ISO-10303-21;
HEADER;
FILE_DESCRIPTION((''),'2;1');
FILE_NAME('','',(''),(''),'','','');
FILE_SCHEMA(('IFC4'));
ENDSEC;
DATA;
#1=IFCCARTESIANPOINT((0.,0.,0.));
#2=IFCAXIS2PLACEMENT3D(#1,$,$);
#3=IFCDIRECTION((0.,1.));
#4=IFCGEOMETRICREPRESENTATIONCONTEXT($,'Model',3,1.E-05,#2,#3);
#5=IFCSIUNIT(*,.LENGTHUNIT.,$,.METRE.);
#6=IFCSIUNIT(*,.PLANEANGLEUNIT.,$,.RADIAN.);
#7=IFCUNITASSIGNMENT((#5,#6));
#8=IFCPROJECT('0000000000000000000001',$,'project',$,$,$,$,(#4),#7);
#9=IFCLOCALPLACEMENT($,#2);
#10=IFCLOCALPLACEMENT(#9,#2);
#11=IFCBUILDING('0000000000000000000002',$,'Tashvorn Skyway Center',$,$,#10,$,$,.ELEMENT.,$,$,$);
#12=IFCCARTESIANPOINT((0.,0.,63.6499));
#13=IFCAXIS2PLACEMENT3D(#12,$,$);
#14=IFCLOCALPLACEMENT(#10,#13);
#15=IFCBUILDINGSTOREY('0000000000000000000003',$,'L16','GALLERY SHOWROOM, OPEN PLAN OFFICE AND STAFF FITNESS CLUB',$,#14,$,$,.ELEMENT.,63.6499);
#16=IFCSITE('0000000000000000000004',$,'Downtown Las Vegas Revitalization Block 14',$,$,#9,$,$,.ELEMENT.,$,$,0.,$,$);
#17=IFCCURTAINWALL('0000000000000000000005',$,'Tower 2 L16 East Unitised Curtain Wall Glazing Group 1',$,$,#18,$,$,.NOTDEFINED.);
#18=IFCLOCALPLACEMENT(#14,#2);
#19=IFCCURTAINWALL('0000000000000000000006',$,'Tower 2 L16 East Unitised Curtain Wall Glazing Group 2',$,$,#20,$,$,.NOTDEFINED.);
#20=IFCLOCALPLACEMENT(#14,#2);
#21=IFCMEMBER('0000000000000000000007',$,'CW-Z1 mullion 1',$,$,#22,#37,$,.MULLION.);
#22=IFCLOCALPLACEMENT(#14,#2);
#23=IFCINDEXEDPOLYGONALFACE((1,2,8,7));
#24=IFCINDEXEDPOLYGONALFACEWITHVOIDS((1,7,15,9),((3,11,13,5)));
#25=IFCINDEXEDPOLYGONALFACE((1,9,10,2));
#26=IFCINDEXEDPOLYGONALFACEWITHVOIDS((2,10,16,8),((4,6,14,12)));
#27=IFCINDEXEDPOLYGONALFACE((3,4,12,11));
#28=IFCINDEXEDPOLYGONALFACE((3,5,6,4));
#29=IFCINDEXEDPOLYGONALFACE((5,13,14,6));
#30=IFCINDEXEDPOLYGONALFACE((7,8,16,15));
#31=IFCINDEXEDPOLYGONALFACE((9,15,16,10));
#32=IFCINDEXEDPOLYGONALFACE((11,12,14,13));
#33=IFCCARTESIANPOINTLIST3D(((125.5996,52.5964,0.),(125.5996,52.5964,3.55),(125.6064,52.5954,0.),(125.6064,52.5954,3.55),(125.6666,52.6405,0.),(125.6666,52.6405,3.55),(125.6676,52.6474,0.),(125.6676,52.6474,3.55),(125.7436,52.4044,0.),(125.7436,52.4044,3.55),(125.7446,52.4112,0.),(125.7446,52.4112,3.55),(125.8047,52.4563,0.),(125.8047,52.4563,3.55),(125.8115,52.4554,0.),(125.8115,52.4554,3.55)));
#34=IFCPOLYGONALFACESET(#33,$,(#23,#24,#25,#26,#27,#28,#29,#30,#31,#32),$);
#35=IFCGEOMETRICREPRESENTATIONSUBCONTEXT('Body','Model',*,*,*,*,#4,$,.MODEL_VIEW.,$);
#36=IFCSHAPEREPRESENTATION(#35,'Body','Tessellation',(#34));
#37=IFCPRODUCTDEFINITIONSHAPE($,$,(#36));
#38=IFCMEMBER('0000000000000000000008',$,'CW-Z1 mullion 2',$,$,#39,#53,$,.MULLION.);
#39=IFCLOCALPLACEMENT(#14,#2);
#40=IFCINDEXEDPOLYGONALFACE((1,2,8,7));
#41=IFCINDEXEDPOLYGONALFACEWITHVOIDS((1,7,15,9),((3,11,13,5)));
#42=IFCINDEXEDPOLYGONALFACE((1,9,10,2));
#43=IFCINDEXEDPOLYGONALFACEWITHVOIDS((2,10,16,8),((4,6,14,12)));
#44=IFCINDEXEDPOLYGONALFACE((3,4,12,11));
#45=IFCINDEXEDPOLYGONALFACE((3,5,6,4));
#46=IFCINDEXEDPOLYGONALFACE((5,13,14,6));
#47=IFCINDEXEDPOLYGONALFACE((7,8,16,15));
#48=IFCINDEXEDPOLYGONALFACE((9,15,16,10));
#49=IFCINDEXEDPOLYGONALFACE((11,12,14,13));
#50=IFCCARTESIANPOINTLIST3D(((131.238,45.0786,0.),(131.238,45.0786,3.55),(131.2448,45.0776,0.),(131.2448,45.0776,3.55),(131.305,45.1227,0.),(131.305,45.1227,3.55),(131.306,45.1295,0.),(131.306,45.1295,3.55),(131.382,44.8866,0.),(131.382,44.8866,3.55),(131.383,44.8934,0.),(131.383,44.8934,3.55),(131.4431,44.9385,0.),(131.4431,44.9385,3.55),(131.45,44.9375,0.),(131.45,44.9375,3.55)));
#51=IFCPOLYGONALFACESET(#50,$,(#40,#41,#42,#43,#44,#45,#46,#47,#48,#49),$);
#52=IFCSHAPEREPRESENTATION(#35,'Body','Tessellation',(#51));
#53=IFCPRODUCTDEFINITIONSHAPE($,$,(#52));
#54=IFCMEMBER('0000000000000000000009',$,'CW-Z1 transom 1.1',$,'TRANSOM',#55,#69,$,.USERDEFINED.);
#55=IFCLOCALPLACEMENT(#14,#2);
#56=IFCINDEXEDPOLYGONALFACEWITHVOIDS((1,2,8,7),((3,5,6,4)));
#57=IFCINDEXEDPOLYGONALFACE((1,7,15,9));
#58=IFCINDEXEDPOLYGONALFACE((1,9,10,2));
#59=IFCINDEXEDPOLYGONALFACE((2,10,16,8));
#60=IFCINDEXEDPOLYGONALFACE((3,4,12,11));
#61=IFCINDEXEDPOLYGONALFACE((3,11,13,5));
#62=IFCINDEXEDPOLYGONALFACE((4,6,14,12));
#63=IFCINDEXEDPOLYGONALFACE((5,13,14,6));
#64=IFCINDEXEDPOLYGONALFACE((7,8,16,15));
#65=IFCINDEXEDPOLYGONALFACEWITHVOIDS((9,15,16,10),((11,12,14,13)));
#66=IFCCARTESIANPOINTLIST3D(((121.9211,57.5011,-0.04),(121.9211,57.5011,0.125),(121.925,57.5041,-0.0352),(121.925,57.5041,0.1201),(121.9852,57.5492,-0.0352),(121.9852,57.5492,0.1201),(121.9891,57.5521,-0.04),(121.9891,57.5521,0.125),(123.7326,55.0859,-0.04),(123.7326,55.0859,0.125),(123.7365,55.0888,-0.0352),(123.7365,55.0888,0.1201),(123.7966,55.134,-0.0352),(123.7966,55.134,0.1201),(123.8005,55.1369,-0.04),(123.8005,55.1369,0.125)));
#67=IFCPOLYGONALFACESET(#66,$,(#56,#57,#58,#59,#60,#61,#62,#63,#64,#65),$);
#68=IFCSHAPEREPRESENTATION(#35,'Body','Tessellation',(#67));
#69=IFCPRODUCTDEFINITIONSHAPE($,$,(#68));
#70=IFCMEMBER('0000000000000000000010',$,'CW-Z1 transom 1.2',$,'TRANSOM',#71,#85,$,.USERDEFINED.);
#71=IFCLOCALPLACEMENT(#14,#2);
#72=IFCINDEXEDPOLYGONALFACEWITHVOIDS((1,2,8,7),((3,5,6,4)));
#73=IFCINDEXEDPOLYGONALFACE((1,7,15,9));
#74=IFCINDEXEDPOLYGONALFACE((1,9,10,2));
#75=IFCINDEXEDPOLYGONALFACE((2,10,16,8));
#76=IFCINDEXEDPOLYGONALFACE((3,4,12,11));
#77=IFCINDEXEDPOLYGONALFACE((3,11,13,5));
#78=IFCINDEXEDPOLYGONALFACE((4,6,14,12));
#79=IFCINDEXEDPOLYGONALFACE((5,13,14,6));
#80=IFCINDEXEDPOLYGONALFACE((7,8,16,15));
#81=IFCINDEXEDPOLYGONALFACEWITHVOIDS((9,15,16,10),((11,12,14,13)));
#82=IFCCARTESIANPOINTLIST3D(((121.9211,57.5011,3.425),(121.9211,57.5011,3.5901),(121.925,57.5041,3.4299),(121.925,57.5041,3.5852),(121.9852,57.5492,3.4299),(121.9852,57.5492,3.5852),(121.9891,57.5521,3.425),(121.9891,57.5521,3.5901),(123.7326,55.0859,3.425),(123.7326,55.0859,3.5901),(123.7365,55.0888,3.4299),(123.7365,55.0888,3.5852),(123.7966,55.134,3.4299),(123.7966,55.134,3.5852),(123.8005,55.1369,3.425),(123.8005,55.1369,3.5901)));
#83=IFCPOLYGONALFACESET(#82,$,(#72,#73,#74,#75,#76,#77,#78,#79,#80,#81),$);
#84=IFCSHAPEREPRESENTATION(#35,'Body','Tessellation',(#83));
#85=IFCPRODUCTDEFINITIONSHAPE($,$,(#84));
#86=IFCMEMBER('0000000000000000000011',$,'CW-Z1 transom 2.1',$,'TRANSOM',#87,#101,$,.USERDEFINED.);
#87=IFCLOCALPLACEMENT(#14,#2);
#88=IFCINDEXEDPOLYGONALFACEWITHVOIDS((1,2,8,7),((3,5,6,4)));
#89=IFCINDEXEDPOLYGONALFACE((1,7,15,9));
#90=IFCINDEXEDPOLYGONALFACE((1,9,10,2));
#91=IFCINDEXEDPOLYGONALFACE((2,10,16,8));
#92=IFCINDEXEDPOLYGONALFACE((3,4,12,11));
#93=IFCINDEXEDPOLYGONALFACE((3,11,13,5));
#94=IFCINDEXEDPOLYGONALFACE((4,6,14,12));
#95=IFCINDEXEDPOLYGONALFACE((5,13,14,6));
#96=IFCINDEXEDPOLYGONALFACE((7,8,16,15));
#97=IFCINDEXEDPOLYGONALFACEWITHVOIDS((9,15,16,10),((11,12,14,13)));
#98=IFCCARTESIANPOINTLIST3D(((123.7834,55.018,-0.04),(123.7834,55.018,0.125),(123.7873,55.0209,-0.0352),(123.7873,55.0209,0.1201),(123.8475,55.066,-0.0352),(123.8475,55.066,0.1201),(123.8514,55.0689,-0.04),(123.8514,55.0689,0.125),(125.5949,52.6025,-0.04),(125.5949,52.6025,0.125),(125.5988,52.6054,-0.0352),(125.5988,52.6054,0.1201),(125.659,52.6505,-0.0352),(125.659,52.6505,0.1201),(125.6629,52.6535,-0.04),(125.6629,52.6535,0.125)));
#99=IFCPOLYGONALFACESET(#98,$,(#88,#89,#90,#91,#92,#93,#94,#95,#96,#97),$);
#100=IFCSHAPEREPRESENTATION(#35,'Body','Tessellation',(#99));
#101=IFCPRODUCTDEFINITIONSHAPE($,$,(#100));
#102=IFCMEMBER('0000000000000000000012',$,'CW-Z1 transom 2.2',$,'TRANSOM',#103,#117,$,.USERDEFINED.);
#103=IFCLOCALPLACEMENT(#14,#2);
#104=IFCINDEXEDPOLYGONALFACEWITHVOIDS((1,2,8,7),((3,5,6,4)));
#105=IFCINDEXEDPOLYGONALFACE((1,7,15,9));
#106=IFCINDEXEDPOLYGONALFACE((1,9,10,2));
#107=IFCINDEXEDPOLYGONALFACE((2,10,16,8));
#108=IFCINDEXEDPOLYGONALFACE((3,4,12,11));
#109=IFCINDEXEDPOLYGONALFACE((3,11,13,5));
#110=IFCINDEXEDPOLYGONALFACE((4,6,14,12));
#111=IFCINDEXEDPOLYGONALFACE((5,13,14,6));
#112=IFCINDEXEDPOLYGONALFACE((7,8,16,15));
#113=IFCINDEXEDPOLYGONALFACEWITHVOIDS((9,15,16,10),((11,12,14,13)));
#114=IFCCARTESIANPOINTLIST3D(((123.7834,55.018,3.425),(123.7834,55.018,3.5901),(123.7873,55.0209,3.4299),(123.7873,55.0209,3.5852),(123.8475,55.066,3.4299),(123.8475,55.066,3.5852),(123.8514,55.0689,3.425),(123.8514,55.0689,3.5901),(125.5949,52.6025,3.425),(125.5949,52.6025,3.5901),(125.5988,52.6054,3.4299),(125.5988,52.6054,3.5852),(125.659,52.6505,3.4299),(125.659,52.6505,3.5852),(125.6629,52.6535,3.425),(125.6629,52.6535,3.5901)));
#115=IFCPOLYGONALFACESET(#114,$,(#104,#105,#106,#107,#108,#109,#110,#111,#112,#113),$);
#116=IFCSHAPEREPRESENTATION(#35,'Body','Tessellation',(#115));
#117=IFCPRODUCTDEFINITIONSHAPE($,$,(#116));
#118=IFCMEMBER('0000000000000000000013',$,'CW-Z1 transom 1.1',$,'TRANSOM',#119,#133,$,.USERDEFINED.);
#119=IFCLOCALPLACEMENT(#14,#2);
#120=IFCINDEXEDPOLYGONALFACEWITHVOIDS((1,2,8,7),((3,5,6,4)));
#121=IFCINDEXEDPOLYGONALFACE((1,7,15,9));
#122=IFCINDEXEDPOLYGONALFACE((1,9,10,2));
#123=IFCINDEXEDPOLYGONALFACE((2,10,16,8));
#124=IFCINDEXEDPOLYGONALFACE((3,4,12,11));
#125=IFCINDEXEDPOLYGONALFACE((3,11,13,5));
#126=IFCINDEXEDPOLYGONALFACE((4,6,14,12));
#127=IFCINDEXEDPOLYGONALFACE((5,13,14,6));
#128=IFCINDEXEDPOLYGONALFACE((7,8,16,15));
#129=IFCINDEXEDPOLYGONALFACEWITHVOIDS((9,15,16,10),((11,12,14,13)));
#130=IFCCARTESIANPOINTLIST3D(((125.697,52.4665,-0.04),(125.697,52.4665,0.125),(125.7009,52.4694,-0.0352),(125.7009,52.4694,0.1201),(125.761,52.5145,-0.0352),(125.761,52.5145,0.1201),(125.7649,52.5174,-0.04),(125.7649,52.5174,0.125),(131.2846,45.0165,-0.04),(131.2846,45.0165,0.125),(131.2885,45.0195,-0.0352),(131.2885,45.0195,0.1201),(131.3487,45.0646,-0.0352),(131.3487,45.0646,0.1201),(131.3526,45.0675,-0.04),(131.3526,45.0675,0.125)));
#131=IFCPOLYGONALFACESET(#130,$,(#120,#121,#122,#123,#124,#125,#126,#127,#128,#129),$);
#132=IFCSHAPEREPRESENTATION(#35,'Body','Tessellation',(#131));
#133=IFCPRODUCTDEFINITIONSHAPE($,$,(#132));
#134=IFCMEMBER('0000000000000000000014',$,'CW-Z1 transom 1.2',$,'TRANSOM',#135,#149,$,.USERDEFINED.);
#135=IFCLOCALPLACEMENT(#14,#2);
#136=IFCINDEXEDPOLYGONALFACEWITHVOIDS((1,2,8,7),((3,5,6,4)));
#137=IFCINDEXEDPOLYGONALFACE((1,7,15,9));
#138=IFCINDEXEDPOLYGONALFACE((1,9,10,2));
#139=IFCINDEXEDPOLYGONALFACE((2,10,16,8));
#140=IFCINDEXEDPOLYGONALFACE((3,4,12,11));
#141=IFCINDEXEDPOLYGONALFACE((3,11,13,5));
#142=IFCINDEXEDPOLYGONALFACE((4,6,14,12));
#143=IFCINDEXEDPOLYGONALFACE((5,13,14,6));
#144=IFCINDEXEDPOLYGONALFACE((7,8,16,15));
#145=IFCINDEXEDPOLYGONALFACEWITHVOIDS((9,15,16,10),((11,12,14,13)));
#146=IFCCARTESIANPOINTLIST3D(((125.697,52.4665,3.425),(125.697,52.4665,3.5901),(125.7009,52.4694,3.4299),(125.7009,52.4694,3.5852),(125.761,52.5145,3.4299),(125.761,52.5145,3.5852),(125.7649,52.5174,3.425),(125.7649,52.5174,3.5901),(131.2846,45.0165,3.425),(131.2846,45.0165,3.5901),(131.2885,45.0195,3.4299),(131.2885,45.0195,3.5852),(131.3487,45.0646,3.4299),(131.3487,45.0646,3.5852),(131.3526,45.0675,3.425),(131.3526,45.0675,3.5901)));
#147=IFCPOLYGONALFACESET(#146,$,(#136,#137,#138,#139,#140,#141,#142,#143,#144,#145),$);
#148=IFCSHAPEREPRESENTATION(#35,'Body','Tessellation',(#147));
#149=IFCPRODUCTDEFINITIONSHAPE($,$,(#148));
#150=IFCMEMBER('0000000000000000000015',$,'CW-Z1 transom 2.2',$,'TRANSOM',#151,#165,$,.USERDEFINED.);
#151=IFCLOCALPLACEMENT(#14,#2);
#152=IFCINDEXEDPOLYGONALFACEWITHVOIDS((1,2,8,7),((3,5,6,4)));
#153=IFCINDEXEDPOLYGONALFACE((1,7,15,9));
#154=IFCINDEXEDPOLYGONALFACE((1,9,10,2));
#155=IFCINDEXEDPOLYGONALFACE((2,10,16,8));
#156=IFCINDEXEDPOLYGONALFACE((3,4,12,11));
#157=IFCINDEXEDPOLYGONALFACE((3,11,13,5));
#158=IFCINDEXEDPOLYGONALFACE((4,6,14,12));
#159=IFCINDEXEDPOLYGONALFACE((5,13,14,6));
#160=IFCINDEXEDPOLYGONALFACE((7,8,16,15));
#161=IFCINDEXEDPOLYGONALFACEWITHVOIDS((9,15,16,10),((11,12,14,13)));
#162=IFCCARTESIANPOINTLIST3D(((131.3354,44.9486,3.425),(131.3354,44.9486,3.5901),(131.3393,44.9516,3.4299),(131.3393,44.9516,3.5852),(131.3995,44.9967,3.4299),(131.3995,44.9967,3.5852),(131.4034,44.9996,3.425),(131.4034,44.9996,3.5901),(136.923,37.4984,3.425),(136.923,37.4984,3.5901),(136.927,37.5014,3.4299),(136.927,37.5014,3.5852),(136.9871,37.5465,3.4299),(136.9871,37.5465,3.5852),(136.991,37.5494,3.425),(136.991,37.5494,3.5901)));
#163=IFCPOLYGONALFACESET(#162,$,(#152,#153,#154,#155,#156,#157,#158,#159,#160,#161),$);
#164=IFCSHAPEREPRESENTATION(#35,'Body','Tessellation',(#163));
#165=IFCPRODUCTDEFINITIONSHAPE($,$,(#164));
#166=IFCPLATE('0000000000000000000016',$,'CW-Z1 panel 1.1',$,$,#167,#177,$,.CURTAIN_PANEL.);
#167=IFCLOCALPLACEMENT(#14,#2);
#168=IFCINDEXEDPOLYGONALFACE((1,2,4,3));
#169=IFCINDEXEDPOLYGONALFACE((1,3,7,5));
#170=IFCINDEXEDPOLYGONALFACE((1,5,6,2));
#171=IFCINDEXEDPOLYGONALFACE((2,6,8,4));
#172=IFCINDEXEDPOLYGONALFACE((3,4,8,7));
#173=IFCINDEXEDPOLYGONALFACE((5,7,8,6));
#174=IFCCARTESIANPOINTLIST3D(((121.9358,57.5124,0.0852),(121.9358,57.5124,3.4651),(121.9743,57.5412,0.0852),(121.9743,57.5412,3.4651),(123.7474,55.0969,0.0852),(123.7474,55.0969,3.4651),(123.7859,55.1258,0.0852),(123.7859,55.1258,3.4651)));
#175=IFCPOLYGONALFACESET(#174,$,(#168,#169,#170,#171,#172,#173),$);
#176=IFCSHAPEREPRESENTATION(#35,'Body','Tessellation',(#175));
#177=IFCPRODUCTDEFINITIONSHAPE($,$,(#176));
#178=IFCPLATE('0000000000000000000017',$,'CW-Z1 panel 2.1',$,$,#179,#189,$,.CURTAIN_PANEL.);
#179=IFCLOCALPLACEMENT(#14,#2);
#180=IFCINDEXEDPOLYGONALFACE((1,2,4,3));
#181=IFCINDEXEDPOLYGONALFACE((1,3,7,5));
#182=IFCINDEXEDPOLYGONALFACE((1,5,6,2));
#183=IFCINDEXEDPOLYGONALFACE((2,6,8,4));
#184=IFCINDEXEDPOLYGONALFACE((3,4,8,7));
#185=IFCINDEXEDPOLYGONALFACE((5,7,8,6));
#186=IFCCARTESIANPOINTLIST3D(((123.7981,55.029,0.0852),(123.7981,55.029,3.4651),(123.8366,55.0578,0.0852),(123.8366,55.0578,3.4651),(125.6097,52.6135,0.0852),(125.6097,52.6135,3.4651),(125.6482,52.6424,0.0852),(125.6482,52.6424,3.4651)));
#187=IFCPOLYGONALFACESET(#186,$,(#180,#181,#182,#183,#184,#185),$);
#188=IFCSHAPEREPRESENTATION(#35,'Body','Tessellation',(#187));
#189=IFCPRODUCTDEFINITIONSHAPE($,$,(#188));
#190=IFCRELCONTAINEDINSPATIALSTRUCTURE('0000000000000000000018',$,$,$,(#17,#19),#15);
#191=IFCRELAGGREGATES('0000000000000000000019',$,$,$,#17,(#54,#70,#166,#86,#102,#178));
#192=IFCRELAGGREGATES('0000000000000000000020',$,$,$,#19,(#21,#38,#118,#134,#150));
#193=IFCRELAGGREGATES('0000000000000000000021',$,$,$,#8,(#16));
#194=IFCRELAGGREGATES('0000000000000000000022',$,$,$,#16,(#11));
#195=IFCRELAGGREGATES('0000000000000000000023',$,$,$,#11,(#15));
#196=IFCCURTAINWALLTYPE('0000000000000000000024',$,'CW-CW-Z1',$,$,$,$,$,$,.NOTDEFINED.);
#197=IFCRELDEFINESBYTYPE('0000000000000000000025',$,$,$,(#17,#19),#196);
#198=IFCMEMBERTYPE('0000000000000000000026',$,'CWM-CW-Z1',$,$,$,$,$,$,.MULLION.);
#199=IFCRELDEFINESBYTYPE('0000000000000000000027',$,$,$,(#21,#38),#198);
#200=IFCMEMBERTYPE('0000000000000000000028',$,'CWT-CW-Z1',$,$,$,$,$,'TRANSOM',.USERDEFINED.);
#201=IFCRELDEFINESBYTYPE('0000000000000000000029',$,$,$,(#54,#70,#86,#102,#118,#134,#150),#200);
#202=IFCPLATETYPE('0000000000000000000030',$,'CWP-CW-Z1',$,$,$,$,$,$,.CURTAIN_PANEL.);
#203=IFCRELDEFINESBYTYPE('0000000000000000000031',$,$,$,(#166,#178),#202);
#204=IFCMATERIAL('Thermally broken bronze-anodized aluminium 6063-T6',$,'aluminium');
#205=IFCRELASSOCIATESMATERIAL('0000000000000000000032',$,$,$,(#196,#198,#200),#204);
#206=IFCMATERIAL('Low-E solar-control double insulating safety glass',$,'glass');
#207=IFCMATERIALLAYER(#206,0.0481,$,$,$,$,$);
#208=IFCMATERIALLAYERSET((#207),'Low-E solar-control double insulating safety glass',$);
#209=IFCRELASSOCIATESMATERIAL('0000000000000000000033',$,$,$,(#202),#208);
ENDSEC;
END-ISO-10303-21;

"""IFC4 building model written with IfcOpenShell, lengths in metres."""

from ifc_helpers import new_model, si_unit, direction, frame, origin, origin_2d, place, context, subcontext, project, spatial, rectangle, hollow_rectangle, extrude, material, layer, layer_set, material_profile, profile_set, type_object, element, aggregate, save


model = new_model("IFC4")

# Units and contexts
model_context = context("Model", 3, precision=1e-05, world=origin(), true_north=direction((0.0, 1.0)))
body_context = subcontext(model_context, "Body", "Model", "MODEL_VIEW")
ifc_project = project(units=[si_unit("LENGTHUNIT", "METRE"), si_unit("PLANEANGLEUNIT", "RADIAN")], contexts=[model_context])

# Site, building, storey
site_placement = place(None, origin())
site = spatial("IfcSite", under=ifc_project, at=site_placement, Name="Downtown Las Vegas Revitalization Block 14", CompositionType="ELEMENT", RefElevation=0.0)
building_placement = place(site_placement, origin())
building = spatial("IfcBuilding", under=site, at=building_placement, Name="Tashvorn Skyway Center", CompositionType="ELEMENT")
storey_placement = place(building_placement, frame((0.0, 0.0, 63.6499)))
storey = spatial("IfcBuildingStorey", under=building, at=storey_placement, Name="L16", Description="GALLERY SHOWROOM, OPEN PLAN OFFICE AND STAFF FITNESS CLUB", CompositionType="ELEMENT", Elevation=63.6499)

# Curtain walls, members
ifc_material_1 = material(Name="Thermally broken bronze-anodized aluminium 6063-T6", Category="aluminium")
curtain_wall_type = type_object("IfcCurtainWallType", Name="CW-CW-Z1", PredefinedType="NOTDEFINED", material=ifc_material_1)
curtain_wall_1_placement = place(storey_placement, origin())
curtain_wall_1 = element("IfcCurtainWall", 1, at=curtain_wall_1_placement, inside=storey, type_object=curtain_wall_type, Name="Tower 2 L16 East Unitised Curtain Wall Glazing Group 1", PredefinedType="NOTDEFINED")
ifc_material_profile_1 = material_profile(ifc_material_1, hollow_rectangle(XDim=0.085, YDim=0.24, WallThickness=0.0049, at=origin_2d()), Name="ALU-MULL-85x240")
ifc_profile_set_1 = profile_set([ifc_material_profile_1], Name="Thermally broken bronze-anodized aluminium 6063-T6")
member_type_1 = type_object("IfcMemberType", Name="CWM-CW-Z1", PredefinedType="MULLION", material=ifc_profile_set_1)
curtain_wall_2_placement = place(storey_placement, origin())
curtain_wall_2 = element("IfcCurtainWall", 2, at=curtain_wall_2_placement, inside=storey, type_object=curtain_wall_type, Name="Tower 2 L16 East Unitised Curtain Wall Glazing Group 2", PredefinedType="NOTDEFINED")
member_1_placement = place(storey_placement, frame((125.7056, 52.5259, 0.0), z_axis=(0.0, 0.0, 1.0), x_axis=(0.8, 0.6, 0.0)))
member_1 = element("IfcMember", 3, at=member_1_placement, type_object=member_type_1, Name="CW-Z1 mullion 1", PredefinedType="MULLION", context=body_context, shape_type="SweptSolid", body=[
    extrude(hollow_rectangle(XDim=0.085, YDim=0.24, WallThickness=0.0049, at=origin_2d()), origin(), (0.0, 0.0, 1.0), 3.55),
])
member_2_placement = place(storey_placement, frame((131.344, 45.0081, 0.0), z_axis=(0.0, 0.0, 1.0), x_axis=(0.8, 0.6, 0.0)))
member_2 = element("IfcMember", 4, at=member_2_placement, type_object=member_type_1, Name="CW-Z1 mullion 2", PredefinedType="MULLION", context=body_context, shape_type="SweptSolid", body=[
    extrude(hollow_rectangle(XDim=0.085, YDim=0.24, WallThickness=0.0049, at=origin_2d()), origin(), (0.0, 0.0, 1.0), 3.55),
])

# Members
ifc_material_profile_2 = material_profile(ifc_material_1, hollow_rectangle(XDim=0.085, YDim=0.165, WallThickness=0.0049, at=origin_2d()), Name="ALU-TRAN-85x165")
ifc_profile_set_2 = profile_set([ifc_material_profile_2], Name="Thermally broken bronze-anodized aluminium 6063-T6")
member_type_2 = type_object("IfcMemberType", Name="CWT-CW-Z1", ElementType="TRANSOM", PredefinedType="USERDEFINED", material=ifc_profile_set_2)
member_3_placement = place(storey_placement, frame((121.9551, 57.5266, 0.0425), z_axis=(0.600013, -0.79999, 0.0), x_axis=(0.79999, 0.600013, 0.0)))
member_3 = element("IfcMember", 5, at=member_3_placement, type_object=member_type_2, Name="CW-Z1 transom 1.1", ObjectType="TRANSOM", PredefinedType="USERDEFINED", context=body_context, shape_type="SweptSolid", body=[
    extrude(hollow_rectangle(XDim=0.085, YDim=0.165, WallThickness=0.0049, at=origin_2d()), origin(), (0.0, 0.0, 1.0), 3.019),
])
member_4_placement = place(storey_placement, frame((121.9551, 57.5266, 3.5076), z_axis=(0.600013, -0.79999, 0.0), x_axis=(0.79999, 0.600013, 0.0)))
member_4 = element("IfcMember", 6, at=member_4_placement, type_object=member_type_2, Name="CW-Z1 transom 1.2", ObjectType="TRANSOM", PredefinedType="USERDEFINED", context=body_context, shape_type="SweptSolid", body=[
    extrude(hollow_rectangle(XDim=0.085, YDim=0.165, WallThickness=0.0049, at=origin_2d()), origin(), (0.0, 0.0, 1.0), 3.019),
])
member_5_placement = place(storey_placement, frame((123.8174, 55.0435, 0.0425), z_axis=(0.599974, -0.800019, 0.0), x_axis=(0.800019, 0.599974, 0.0)))
member_5 = element("IfcMember", 7, at=member_5_placement, type_object=member_type_2, Name="CW-Z1 transom 2.1", ObjectType="TRANSOM", PredefinedType="USERDEFINED", context=body_context, shape_type="SweptSolid", body=[
    extrude(hollow_rectangle(XDim=0.085, YDim=0.165, WallThickness=0.0049, at=origin_2d()), origin(), (0.0, 0.0, 1.0), 3.0193),
])
member_6_placement = place(storey_placement, frame((123.8174, 55.0435, 3.5076), z_axis=(0.599974, -0.800019, 0.0), x_axis=(0.800019, 0.599974, 0.0)))
member_6 = element("IfcMember", 8, at=member_6_placement, type_object=member_type_2, Name="CW-Z1 transom 2.2", ObjectType="TRANSOM", PredefinedType="USERDEFINED", context=body_context, shape_type="SweptSolid", body=[
    extrude(hollow_rectangle(XDim=0.085, YDim=0.165, WallThickness=0.0049, at=origin_2d()), origin(), (0.0, 0.0, 1.0), 3.0193),
])
member_7_placement = place(storey_placement, frame((125.731, 52.4919, 0.0425), z_axis=(0.600013, -0.799991, 0.0), x_axis=(0.799991, 0.600013, 0.0)))
member_7 = element("IfcMember", 9, at=member_7_placement, type_object=member_type_2, Name="CW-Z1 transom 1.1", ObjectType="TRANSOM", PredefinedType="USERDEFINED", context=body_context, shape_type="SweptSolid", body=[
    extrude(hollow_rectangle(XDim=0.085, YDim=0.165, WallThickness=0.0049, at=origin_2d()), origin(), (0.0, 0.0, 1.0), 9.3125),
])
member_8_placement = place(storey_placement, frame((125.731, 52.4919, 3.5076), z_axis=(0.600013, -0.799991, 0.0), x_axis=(0.799991, 0.600013, 0.0)))
member_8 = element("IfcMember", 10, at=member_8_placement, type_object=member_type_2, Name="CW-Z1 transom 1.2", ObjectType="TRANSOM", PredefinedType="USERDEFINED", context=body_context, shape_type="SweptSolid", body=[
    extrude(hollow_rectangle(XDim=0.085, YDim=0.165, WallThickness=0.0049, at=origin_2d()), origin(), (0.0, 0.0, 1.0), 9.3125),
])
member_9_placement = place(storey_placement, frame((131.3694, 44.9741, 3.5076), z_axis=(0.6, -0.8, 0.0), x_axis=(0.8, 0.6, 0.0)))
member_9 = element("IfcMember", 11, at=member_9_placement, type_object=member_type_2, Name="CW-Z1 transom 2.2", ObjectType="TRANSOM", PredefinedType="USERDEFINED", context=body_context, shape_type="SweptSolid", body=[
    extrude(hollow_rectangle(XDim=0.085, YDim=0.165, WallThickness=0.0049, at=origin_2d()), origin(), (0.0, 0.0, 1.0), 9.3127),
])

# Plates
ifc_material_2 = material(Name="Low-E solar-control double insulating safety glass", Category="glass")
ifc_layer_1 = layer(ifc_material_2, 0.0481)
ifc_layer_set_1 = layer_set([ifc_layer_1], Name="Low-E solar-control double insulating safety glass")
plate_type_1 = type_object("IfcPlateType", Name="CWP-CW-Z1", PredefinedType="CURTAIN_PANEL", material=ifc_layer_set_1)
plate_1_placement = place(storey_placement, frame((122.8608, 56.3191, 0.0852), z_axis=(0.0, 0.0, 1.0), x_axis=(0.599997, -0.800002, 0.0)))
plate_1 = element("IfcPlate", 12, at=plate_1_placement, type_object=plate_type_1, Name="CW-Z1 panel 1.1", PredefinedType="CURTAIN_PANEL", context=body_context, shape_type="SweptSolid", body=[
    extrude(rectangle(XDim=3.0193, YDim=0.0481, at=origin_2d()), origin(), (0.0, 0.0, 1.0), 3.3799),
])
plate_2_placement = place(storey_placement, frame((124.7231, 53.8357, 0.0852), z_axis=(0.0, 0.0, 1.0), x_axis=(0.599997, -0.800002, 0.0)))
plate_2 = element("IfcPlate", 13, at=plate_2_placement, type_object=plate_type_1, Name="CW-Z1 panel 2.1", PredefinedType="CURTAIN_PANEL", context=body_context, shape_type="SweptSolid", body=[
    extrude(rectangle(XDim=3.0193, YDim=0.0481, at=origin_2d()), origin(), (0.0, 0.0, 1.0), 3.3799),
])
aggregate(curtain_wall_1, [member_3, member_4, plate_1, member_5, member_6, plate_2])
aggregate(curtain_wall_2, [member_1, member_2, member_7, member_8, member_9])

save(model, "model.ifc")
